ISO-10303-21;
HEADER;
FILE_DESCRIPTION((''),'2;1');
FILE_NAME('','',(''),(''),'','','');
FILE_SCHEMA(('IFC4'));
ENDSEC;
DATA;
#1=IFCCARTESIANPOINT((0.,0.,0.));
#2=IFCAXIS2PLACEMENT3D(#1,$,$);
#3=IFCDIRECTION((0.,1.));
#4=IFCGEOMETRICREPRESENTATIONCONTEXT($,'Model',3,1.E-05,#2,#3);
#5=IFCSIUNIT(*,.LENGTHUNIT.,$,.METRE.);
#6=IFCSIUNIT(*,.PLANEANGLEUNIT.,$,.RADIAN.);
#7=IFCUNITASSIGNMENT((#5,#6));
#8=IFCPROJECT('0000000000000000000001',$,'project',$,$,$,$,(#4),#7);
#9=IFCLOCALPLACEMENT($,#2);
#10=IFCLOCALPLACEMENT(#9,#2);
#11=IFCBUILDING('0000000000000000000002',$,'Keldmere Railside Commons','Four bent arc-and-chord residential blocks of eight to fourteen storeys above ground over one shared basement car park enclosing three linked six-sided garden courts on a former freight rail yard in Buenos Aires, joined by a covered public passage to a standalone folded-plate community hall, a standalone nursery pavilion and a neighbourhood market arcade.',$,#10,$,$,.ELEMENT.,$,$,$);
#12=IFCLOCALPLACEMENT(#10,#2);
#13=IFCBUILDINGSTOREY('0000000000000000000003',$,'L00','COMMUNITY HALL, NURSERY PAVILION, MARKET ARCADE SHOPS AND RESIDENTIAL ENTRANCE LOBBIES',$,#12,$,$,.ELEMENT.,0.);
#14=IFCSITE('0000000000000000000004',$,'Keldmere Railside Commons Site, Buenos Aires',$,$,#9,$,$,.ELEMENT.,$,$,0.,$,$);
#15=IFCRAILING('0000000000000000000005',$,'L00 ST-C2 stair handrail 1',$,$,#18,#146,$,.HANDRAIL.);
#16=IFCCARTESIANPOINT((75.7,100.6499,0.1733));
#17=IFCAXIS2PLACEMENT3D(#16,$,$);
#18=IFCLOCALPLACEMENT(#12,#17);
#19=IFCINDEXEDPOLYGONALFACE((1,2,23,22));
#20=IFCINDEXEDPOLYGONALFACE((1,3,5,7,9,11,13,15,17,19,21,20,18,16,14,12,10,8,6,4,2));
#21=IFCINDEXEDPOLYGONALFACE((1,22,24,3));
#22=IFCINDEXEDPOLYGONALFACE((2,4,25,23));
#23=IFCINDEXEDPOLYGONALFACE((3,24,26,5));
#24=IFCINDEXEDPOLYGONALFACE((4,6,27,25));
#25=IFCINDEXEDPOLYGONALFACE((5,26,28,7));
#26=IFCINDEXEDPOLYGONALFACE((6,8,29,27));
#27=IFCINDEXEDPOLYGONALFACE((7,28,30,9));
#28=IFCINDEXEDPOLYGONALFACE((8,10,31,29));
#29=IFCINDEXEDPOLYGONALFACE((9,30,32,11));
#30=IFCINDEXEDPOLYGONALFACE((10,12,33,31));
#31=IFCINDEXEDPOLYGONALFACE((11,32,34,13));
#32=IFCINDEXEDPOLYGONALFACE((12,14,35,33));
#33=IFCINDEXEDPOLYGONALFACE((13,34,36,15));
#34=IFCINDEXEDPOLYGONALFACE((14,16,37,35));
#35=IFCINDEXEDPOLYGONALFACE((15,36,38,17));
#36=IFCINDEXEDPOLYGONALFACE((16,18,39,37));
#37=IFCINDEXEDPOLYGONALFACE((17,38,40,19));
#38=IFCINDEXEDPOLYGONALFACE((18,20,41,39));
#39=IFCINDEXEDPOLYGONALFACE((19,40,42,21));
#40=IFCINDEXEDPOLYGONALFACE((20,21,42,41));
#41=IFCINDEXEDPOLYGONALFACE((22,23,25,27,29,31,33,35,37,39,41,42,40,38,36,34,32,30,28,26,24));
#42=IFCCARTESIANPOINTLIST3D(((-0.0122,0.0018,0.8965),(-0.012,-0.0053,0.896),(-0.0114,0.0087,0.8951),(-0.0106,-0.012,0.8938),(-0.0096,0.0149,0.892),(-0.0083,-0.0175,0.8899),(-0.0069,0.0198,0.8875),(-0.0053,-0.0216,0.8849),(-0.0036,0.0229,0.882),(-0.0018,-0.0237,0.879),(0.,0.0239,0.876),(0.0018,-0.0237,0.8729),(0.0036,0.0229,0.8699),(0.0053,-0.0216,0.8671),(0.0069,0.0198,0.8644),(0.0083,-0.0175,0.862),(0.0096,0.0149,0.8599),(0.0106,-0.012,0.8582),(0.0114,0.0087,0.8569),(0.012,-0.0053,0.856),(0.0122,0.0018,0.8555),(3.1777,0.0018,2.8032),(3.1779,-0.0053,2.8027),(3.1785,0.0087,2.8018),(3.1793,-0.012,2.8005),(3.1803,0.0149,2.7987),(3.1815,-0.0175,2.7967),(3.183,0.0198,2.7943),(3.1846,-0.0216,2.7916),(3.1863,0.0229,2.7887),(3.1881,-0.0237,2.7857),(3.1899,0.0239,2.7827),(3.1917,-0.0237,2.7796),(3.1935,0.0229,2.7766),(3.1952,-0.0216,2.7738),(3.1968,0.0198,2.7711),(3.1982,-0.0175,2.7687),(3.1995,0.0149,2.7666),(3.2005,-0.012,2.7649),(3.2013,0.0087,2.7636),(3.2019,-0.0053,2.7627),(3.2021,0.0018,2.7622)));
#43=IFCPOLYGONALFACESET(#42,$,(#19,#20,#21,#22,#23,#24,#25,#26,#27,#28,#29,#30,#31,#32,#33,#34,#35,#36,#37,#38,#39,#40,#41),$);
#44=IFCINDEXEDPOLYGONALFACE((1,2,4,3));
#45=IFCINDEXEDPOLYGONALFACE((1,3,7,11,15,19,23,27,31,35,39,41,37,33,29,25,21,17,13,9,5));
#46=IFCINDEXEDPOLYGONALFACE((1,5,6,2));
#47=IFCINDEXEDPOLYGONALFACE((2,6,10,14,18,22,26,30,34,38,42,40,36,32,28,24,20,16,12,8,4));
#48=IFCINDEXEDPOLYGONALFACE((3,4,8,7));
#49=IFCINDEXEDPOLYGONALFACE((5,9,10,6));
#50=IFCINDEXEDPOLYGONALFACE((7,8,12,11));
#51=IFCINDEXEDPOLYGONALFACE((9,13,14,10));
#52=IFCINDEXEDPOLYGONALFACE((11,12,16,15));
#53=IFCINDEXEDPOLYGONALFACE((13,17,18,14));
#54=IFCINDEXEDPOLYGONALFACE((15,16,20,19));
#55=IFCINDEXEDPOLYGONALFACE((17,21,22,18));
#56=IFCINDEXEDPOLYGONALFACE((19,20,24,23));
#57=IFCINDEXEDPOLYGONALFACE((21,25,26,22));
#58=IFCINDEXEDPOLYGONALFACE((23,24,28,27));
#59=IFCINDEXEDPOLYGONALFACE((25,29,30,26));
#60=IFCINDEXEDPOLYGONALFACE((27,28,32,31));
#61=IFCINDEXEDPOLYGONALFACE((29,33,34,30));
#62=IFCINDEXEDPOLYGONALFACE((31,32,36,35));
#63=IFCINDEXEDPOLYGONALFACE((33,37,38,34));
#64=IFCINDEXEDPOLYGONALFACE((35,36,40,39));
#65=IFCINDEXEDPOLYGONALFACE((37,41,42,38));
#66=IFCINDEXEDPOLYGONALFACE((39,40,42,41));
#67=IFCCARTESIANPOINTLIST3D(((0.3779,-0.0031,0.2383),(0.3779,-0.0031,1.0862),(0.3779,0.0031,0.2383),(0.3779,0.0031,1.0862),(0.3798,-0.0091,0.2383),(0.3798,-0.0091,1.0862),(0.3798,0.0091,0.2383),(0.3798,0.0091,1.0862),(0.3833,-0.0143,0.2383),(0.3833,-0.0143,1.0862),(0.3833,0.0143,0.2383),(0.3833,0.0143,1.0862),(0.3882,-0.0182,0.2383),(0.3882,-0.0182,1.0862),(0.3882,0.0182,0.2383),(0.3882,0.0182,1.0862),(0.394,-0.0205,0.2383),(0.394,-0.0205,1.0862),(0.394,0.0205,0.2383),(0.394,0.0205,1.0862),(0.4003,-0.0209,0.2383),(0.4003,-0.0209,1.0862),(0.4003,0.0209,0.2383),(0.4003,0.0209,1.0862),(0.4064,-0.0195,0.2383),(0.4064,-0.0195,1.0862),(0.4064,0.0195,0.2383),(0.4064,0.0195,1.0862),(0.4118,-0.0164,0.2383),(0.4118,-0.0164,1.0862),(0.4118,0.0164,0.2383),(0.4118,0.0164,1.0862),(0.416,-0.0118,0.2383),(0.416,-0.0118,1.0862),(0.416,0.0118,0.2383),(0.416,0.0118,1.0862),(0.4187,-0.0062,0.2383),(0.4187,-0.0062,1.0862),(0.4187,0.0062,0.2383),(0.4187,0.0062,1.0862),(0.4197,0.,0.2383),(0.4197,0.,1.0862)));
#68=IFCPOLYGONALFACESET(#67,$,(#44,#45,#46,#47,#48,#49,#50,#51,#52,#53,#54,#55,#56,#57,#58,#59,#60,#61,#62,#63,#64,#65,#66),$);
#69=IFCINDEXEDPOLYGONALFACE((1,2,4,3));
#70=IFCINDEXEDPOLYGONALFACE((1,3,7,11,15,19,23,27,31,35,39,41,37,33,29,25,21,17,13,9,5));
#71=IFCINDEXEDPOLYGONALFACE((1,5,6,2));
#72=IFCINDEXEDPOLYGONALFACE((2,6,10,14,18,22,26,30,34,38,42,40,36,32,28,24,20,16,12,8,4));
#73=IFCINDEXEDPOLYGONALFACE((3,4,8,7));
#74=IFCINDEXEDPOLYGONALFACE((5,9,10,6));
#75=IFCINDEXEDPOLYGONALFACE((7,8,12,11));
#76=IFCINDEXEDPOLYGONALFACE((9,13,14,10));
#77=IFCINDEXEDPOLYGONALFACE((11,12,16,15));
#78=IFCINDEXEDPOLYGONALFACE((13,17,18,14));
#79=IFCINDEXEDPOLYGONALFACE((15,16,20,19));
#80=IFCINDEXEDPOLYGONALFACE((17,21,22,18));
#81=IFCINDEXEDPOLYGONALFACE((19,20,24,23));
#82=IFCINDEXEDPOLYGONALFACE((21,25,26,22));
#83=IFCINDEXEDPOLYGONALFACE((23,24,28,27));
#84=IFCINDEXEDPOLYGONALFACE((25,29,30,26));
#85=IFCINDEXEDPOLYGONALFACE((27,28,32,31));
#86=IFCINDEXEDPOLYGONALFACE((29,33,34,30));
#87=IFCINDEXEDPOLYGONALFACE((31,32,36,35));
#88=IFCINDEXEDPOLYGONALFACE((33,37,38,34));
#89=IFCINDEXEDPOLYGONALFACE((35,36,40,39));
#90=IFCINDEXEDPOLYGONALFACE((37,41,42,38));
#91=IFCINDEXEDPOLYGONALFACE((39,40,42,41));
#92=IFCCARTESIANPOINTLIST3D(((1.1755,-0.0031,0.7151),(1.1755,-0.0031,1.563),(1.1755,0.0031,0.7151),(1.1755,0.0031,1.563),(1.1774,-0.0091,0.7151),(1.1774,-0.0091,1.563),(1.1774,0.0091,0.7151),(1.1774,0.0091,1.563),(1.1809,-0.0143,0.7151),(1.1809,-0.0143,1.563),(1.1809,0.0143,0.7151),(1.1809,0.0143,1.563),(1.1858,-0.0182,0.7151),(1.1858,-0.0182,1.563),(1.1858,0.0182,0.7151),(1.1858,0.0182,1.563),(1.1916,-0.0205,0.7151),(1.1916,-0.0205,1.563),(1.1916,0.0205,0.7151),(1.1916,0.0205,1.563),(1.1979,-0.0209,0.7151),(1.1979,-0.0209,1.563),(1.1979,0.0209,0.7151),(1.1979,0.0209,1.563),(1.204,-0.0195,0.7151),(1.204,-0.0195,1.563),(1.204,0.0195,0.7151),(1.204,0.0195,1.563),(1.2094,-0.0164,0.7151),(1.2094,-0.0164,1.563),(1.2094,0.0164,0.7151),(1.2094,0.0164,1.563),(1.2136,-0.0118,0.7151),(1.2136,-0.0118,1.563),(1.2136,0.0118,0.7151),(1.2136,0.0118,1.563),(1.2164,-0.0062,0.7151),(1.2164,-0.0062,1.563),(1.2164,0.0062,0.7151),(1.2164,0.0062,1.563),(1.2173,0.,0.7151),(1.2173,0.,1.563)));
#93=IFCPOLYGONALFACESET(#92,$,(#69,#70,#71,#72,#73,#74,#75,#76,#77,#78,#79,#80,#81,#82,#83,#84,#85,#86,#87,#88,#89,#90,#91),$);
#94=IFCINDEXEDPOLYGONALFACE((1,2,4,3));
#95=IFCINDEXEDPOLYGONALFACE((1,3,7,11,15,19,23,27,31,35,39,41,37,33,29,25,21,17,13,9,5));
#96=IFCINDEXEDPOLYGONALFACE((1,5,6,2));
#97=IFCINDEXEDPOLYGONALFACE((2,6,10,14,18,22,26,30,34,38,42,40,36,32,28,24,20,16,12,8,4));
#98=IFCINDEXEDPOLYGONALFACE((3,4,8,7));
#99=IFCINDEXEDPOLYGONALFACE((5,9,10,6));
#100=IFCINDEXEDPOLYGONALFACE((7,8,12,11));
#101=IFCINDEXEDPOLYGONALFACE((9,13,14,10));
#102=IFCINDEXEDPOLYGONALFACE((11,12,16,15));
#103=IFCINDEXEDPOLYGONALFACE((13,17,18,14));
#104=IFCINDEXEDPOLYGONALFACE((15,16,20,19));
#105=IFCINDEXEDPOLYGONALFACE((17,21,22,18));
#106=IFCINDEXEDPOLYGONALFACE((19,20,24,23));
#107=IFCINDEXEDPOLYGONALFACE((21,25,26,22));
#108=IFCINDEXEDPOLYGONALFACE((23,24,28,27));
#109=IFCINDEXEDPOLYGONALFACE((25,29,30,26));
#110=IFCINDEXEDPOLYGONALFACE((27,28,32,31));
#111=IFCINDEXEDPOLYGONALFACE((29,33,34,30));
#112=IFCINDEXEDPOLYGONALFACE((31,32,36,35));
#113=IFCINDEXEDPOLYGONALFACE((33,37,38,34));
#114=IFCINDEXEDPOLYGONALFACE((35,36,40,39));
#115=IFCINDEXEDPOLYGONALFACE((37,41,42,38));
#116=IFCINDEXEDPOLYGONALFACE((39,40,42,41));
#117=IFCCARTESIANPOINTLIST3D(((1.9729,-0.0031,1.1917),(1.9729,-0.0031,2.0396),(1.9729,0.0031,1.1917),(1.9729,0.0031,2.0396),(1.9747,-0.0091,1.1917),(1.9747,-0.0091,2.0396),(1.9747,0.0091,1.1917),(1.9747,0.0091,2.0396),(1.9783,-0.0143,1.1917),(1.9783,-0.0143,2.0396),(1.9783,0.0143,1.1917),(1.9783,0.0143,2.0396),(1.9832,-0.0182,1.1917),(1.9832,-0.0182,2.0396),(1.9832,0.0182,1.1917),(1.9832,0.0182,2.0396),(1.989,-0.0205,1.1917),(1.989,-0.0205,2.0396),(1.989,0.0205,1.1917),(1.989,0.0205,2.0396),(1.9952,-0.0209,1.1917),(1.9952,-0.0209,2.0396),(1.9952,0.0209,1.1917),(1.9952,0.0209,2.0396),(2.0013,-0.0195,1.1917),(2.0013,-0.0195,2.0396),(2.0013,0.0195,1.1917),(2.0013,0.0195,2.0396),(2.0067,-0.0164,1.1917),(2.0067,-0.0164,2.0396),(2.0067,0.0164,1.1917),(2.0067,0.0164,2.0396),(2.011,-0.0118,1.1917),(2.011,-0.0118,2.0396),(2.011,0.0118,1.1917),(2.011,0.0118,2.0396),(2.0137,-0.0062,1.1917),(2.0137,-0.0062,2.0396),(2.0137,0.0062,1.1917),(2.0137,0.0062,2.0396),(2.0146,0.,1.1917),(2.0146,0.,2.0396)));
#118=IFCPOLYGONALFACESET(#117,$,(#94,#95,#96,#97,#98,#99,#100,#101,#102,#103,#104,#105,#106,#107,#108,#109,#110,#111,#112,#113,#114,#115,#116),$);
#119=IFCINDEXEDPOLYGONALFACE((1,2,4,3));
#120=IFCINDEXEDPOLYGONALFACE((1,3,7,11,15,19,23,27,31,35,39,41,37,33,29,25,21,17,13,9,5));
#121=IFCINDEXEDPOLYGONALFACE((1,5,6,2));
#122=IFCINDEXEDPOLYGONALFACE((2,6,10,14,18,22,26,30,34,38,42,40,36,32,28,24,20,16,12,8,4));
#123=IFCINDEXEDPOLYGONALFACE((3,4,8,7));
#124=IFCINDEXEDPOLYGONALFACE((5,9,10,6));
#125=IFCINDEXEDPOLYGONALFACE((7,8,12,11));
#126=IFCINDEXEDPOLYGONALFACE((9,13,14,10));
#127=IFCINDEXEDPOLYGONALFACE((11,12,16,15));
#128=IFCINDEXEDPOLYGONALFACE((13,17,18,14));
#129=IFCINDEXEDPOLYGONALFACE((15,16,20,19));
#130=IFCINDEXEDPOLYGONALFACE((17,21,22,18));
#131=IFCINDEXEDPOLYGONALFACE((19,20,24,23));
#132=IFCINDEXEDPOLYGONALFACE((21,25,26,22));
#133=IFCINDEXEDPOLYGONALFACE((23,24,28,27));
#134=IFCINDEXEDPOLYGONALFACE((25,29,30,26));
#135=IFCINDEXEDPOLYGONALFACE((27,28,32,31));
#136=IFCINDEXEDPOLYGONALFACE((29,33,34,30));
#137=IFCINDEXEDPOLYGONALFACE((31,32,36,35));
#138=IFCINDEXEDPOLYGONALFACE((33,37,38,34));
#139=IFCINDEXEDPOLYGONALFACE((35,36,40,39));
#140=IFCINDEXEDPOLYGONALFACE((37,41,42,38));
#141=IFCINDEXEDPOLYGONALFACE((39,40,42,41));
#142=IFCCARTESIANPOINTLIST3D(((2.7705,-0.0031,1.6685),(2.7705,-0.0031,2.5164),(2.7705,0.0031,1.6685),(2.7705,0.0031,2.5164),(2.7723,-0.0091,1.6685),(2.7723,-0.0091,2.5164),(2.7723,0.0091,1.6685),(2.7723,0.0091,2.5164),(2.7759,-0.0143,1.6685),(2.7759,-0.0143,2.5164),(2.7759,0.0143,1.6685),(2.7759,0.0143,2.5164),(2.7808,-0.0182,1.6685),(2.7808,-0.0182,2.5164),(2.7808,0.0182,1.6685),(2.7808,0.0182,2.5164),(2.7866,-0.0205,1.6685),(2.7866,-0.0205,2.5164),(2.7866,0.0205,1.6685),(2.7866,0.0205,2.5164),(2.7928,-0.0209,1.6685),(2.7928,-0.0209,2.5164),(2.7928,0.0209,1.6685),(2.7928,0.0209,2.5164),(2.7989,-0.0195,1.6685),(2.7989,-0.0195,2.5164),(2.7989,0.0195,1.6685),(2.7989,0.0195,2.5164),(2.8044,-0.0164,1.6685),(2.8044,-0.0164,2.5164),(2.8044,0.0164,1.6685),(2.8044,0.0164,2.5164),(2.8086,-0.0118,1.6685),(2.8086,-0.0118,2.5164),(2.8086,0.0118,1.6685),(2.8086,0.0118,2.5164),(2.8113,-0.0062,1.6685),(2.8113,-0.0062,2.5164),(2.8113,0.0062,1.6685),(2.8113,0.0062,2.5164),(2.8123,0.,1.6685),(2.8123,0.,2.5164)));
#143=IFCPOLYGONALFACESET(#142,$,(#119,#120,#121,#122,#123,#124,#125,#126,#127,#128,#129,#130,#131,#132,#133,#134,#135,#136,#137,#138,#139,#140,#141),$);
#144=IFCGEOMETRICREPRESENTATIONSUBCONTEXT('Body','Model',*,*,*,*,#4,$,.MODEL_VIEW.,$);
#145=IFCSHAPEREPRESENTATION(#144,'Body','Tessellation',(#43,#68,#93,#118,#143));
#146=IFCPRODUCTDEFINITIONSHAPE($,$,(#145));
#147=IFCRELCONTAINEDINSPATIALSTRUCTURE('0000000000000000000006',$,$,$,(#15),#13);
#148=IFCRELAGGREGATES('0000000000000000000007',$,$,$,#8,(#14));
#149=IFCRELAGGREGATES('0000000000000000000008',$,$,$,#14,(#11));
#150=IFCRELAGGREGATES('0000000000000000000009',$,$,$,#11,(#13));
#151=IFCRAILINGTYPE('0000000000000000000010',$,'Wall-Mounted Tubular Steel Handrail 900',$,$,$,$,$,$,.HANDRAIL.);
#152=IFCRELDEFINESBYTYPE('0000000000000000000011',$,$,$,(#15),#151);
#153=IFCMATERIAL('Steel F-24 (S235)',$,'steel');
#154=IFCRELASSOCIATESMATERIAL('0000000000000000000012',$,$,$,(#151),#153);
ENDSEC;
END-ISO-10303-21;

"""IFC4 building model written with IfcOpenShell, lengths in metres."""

from ifc_helpers import new_model, si_unit, direction, frame, origin, origin_2d, place, context, subcontext, project, spatial, circle, extrude, material, type_object, element, save


model = new_model("IFC4")

# Units and contexts
model_context = context("Model", 3, precision=1e-05, world=origin(), true_north=direction((0.0, 1.0)))
body_context = subcontext(model_context, "Body", "Model", "MODEL_VIEW")
ifc_project = project(units=[si_unit("LENGTHUNIT", "METRE"), si_unit("PLANEANGLEUNIT", "RADIAN")], contexts=[model_context])

# Site, building, storey
site_placement = place(None, origin())
site = spatial("IfcSite", under=ifc_project, at=site_placement, Name="Keldmere Railside Commons Site, Buenos Aires", CompositionType="ELEMENT", RefElevation=0.0)
building_placement = place(site_placement, origin())
building = spatial("IfcBuilding", under=site, at=building_placement, Name="Keldmere Railside Commons", Description="Four bent arc-and-chord residential blocks of eight to fourteen storeys above ground over one shared basement car park enclosing three linked six-sided garden courts on a former freight rail yard in Buenos Aires, joined by a covered public passage to a standalone folded-plate community hall, a standalone nursery pavilion and a neighbourhood market arcade.", CompositionType="ELEMENT")
storey_placement = place(building_placement, origin())
storey = spatial("IfcBuildingStorey", under=building, at=storey_placement, Name="L00", Description="COMMUNITY HALL, NURSERY PAVILION, MARKET ARCADE SHOPS AND RESIDENTIAL ENTRANCE LOBBIES", CompositionType="ELEMENT", Elevation=0.0)

# Shared definitions
ifc_material_1 = material(Name="Steel F-24 (S235)", Category="steel")

# Railing
railing_type_1 = type_object("IfcRailingType", Name="Wall-Mounted Tubular Steel Handrail 900", PredefinedType="HANDRAIL", material=ifc_material_1)
railing_1_placement = place(storey_placement, frame((75.7, 100.6499, 0.1733)))
element("IfcRailing", 1, at=railing_1_placement, inside=storey, type_object=railing_type_1, Name="L00 ST-C2 stair handrail 1", PredefinedType="HANDRAIL", context=body_context, shape_type="SweptSolid", body=[
    extrude(circle(Radius=0.0239, at=origin_2d()), frame((0.0, 0.0, 0.876), z_axis=(0.85835, 0.0, 0.513065), x_axis=(0.0, 1.0, 0.0)), (0.0, 0.0, 1.0), 3.7163),
    extrude(circle(Radius=0.021, at=origin_2d()), frame((0.3987, 0.0, 0.2383)), (0.0, 0.0, 1.0), 0.8479),
    extrude(circle(Radius=0.021, at=origin_2d()), frame((1.1963, 0.0, 0.7151)), (0.0, 0.0, 1.0), 0.8479),
    extrude(circle(Radius=0.021, at=origin_2d()), frame((1.9937, 0.0, 1.1917)), (0.0, 0.0, 1.0), 0.8479),
    extrude(circle(Radius=0.021, at=origin_2d()), frame((2.7913, 0.0, 1.6685)), (0.0, 0.0, 1.0), 0.8479),
])

save(model, "model.ifc")
